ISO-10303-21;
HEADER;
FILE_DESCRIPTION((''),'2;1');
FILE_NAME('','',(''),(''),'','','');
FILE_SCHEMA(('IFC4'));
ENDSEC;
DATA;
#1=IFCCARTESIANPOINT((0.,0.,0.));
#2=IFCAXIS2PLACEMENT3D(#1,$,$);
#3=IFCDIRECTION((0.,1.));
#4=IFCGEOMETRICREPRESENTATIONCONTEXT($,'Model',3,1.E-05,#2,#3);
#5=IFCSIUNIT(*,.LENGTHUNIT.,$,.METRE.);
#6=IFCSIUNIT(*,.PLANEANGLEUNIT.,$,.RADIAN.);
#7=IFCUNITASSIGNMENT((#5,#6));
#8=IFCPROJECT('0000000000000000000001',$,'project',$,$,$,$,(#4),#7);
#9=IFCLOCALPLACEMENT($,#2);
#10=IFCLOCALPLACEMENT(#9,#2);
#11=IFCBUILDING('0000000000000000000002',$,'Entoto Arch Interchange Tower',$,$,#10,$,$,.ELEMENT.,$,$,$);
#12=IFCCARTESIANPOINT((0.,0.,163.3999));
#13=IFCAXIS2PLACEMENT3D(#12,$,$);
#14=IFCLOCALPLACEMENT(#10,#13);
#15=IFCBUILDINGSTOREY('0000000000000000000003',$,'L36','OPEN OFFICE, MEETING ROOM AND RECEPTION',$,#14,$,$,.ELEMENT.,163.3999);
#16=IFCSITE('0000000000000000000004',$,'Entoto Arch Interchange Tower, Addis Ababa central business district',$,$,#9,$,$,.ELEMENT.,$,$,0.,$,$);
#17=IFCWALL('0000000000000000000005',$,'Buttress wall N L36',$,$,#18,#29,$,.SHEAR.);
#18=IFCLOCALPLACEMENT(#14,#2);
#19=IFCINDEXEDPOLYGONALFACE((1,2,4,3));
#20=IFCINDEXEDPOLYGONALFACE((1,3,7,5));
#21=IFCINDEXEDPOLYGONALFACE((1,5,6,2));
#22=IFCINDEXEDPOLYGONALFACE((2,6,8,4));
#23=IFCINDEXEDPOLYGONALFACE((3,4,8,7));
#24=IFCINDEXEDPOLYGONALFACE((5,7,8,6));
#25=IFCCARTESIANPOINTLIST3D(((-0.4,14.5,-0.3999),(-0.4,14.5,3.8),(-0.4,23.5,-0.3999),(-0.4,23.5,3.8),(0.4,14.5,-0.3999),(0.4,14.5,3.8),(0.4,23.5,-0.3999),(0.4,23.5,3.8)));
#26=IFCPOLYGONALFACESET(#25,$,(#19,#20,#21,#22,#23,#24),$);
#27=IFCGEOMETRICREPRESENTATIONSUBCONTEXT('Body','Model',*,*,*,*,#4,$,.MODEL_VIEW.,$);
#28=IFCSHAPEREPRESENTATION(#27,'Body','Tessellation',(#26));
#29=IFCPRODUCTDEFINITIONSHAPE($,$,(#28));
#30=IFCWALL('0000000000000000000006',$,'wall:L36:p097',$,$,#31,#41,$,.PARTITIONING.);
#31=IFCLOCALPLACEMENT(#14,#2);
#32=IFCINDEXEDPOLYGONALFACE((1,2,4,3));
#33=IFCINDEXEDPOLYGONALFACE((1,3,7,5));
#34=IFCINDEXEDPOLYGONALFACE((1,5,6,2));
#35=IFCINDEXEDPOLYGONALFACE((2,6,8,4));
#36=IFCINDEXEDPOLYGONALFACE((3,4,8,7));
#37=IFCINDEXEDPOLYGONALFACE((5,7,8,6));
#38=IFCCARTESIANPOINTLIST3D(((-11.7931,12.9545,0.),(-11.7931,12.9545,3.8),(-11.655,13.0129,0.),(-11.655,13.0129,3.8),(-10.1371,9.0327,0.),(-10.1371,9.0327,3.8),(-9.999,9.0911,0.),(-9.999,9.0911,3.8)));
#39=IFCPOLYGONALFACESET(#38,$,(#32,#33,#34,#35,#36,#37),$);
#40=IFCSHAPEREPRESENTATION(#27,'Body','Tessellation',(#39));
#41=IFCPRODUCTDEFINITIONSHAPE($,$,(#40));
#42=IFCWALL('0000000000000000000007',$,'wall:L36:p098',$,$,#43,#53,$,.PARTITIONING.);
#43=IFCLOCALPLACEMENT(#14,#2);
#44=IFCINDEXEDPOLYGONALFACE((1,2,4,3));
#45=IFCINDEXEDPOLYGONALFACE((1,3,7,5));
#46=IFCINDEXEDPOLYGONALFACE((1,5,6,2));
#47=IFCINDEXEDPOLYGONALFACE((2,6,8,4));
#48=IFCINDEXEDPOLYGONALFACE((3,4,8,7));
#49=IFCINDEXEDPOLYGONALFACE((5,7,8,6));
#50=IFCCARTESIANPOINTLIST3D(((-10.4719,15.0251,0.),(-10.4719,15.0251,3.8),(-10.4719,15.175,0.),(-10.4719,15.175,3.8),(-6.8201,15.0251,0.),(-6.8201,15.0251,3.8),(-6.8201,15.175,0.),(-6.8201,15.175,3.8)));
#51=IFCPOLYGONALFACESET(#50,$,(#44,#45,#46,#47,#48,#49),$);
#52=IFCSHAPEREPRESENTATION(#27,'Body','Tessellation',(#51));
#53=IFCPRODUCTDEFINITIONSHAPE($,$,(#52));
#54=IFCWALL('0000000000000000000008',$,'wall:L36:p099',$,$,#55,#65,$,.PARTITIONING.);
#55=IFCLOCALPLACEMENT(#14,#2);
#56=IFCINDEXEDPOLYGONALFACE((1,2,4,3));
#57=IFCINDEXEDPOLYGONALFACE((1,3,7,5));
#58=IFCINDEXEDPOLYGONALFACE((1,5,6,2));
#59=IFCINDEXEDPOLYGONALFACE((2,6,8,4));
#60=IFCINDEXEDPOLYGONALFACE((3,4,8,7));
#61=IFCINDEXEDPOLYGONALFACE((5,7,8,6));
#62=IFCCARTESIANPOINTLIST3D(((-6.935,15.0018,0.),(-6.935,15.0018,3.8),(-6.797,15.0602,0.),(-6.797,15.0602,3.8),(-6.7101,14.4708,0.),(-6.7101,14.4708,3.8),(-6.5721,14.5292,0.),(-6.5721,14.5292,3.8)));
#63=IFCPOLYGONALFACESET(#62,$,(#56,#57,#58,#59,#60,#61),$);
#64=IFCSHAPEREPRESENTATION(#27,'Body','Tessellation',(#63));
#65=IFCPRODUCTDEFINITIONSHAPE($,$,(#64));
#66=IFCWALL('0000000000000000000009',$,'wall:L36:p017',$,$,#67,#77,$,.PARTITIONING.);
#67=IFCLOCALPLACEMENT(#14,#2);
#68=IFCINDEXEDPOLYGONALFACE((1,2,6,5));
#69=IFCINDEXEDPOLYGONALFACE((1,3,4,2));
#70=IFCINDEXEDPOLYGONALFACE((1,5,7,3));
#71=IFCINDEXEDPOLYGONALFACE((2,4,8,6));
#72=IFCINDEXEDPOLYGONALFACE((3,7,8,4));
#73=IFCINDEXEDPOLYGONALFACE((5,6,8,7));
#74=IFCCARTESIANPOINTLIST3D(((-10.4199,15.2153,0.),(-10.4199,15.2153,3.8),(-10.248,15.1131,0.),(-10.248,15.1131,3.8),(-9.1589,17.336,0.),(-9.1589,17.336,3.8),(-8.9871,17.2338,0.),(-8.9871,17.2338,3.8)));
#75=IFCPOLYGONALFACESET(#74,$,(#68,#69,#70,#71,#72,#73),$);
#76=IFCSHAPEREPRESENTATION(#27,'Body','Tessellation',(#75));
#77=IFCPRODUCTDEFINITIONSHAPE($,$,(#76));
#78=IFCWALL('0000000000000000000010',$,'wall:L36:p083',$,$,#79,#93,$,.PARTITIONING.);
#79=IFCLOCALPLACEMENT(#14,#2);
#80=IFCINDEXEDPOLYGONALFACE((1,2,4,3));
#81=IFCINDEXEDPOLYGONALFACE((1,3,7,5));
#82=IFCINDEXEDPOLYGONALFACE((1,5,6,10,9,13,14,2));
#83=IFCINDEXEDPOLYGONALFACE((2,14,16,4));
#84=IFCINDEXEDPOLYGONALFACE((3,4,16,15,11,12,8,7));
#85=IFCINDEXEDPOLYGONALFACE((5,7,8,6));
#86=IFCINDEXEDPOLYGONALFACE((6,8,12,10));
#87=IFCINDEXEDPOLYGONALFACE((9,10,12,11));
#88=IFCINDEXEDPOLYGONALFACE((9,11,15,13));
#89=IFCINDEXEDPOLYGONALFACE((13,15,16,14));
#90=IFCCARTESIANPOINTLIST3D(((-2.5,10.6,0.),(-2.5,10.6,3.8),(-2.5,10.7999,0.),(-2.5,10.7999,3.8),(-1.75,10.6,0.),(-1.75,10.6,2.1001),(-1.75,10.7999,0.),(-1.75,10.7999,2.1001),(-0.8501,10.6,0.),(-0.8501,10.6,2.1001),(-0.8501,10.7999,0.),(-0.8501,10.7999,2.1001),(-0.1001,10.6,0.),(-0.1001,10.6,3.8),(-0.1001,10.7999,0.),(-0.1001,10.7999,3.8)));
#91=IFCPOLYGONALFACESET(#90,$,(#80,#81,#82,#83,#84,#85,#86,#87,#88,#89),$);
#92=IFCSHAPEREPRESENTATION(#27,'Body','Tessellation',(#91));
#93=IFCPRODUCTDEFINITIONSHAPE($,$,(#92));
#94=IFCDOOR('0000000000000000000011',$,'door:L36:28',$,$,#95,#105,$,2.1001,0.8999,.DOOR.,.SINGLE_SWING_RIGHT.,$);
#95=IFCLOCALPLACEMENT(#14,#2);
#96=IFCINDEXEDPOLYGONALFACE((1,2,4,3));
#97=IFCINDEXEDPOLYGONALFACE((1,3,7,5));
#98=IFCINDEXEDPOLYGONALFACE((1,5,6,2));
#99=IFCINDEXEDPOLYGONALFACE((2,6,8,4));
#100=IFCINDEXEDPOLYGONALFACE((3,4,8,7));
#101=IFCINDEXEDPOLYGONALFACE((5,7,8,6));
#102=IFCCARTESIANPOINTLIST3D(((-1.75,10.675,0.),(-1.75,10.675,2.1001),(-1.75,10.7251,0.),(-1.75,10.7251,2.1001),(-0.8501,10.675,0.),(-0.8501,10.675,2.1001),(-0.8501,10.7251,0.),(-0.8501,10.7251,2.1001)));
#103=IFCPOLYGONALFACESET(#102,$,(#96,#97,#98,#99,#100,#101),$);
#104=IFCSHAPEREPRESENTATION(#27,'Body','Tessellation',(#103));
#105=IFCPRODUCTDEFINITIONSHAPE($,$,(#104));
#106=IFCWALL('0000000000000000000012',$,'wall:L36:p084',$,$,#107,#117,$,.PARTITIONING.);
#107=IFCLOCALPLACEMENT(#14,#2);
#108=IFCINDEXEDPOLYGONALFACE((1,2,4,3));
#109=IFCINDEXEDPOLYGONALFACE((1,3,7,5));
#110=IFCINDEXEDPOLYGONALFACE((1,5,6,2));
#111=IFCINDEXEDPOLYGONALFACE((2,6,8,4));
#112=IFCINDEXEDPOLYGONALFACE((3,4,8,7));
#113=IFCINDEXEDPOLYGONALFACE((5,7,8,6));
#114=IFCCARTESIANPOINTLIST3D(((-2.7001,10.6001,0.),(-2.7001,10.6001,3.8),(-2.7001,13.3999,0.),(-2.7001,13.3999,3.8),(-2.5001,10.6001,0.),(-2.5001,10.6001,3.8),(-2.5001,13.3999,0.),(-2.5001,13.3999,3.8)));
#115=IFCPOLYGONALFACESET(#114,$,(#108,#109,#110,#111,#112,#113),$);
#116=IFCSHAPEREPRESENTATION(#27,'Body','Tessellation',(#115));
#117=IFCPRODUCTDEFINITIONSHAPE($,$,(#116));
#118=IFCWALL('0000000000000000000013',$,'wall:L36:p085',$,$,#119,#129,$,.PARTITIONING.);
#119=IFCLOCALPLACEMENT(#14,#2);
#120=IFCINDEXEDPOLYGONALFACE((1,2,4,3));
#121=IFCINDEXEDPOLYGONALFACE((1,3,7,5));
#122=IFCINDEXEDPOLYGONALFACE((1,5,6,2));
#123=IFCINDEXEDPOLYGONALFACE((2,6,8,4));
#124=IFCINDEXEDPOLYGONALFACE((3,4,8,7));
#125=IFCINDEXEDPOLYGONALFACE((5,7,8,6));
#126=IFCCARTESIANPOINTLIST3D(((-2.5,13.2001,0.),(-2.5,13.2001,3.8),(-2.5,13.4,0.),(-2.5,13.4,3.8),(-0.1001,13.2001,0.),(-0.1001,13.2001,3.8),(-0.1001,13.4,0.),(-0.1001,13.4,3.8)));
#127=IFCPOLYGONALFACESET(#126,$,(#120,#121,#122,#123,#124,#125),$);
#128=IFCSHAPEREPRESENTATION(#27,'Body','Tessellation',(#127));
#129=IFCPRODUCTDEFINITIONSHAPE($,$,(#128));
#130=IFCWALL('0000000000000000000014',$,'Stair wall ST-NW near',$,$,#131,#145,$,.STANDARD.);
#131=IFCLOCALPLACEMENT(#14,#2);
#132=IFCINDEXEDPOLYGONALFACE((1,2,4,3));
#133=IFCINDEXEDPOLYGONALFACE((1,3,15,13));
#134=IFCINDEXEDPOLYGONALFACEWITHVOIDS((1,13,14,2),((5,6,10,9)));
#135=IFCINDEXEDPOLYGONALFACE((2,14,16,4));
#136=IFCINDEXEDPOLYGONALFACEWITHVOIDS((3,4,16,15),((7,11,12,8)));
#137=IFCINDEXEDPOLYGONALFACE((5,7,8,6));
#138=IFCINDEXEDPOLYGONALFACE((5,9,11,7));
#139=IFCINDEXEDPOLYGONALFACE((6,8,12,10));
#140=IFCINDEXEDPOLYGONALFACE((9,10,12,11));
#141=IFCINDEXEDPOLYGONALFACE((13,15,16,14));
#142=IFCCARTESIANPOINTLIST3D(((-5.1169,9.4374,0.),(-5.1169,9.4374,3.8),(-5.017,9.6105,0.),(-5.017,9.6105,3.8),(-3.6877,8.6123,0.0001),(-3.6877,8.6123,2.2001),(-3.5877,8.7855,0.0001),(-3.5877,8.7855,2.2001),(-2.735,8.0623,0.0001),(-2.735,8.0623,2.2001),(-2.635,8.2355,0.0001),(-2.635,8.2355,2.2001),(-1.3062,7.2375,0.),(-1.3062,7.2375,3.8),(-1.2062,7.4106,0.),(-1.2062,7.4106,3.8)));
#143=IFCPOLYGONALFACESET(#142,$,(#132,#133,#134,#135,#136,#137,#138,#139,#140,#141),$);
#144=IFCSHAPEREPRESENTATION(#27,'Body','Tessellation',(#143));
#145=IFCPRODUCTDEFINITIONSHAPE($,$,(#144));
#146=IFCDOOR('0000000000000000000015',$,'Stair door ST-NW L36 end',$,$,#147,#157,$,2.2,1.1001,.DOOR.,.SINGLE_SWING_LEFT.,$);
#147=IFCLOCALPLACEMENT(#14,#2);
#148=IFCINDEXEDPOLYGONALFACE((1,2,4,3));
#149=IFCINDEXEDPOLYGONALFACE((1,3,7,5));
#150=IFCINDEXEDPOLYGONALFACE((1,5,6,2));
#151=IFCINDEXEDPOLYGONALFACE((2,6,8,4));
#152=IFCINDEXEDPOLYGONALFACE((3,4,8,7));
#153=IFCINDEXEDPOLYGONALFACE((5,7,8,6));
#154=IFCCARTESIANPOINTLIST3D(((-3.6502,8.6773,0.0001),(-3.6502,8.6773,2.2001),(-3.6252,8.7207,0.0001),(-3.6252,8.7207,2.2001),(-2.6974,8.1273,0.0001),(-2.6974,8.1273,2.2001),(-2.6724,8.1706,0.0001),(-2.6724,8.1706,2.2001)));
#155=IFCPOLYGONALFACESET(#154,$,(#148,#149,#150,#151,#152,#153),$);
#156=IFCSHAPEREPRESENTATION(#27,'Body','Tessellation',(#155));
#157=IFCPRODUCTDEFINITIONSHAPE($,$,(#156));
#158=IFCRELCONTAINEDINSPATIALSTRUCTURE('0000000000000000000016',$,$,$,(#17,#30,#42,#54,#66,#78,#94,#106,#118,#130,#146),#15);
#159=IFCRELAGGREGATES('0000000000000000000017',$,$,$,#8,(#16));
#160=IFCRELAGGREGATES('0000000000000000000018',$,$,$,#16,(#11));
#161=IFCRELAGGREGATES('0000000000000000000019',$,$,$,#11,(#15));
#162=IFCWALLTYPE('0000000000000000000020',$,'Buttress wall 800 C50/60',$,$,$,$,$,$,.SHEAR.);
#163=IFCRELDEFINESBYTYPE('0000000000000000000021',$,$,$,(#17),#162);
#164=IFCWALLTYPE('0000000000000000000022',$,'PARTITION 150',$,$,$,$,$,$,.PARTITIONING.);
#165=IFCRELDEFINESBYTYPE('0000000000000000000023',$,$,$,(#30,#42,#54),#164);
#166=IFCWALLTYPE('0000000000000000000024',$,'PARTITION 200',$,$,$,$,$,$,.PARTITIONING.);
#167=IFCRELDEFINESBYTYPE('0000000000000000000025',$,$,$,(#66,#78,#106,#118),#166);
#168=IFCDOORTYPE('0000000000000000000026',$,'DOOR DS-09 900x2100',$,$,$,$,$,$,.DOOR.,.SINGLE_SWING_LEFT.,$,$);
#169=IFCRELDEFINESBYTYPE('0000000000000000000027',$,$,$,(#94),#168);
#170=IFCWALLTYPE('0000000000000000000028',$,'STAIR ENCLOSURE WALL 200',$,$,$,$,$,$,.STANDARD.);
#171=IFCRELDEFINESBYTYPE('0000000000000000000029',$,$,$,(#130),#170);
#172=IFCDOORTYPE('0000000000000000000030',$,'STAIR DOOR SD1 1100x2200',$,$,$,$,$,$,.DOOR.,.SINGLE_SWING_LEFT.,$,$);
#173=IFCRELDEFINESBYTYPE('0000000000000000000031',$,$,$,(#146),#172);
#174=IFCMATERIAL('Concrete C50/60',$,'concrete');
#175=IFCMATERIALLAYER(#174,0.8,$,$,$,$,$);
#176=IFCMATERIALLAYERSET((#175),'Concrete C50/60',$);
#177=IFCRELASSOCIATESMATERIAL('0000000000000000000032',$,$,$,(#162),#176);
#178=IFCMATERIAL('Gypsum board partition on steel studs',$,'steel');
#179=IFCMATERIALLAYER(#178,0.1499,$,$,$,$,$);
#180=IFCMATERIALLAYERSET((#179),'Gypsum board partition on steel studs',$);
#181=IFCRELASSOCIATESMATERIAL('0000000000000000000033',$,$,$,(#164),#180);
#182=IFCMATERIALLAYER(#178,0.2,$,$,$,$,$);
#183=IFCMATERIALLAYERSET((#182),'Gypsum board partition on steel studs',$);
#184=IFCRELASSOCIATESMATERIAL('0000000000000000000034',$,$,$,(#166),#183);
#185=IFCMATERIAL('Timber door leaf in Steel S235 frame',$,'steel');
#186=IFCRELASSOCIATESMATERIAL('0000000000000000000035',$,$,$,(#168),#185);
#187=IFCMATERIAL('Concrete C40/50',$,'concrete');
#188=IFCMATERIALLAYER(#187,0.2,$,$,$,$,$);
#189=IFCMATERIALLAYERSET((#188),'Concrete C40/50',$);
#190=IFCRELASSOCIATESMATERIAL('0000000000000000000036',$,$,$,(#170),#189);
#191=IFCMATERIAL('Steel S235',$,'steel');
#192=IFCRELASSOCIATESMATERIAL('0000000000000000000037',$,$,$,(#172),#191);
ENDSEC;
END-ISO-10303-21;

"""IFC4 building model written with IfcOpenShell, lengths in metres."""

from ifc_helpers import new_model, si_unit, direction, frame, frame_2d, origin, place, context, subcontext, project, spatial, rectangle, extrude, material, layer, layer_set, type_object, element, fill, save


model = new_model("IFC4")

# Units and contexts
model_context = context("Model", 3, precision=1e-05, world=origin(), true_north=direction((0.0, 1.0)))
body_context = subcontext(model_context, "Body", "Model", "MODEL_VIEW")
ifc_project = project(units=[si_unit("LENGTHUNIT", "METRE"), si_unit("PLANEANGLEUNIT", "RADIAN")], contexts=[model_context])

# Site, building, storey
site_placement = place(None, origin())
site = spatial("IfcSite", under=ifc_project, at=site_placement, Name="Entoto Arch Interchange Tower, Addis Ababa central business district", CompositionType="ELEMENT", RefElevation=0.0)
building_placement = place(site_placement, origin())
building = spatial("IfcBuilding", under=site, at=building_placement, Name="Entoto Arch Interchange Tower", CompositionType="ELEMENT")
storey_placement = place(building_placement, frame((0.0, 0.0, 163.3999)))
storey = spatial("IfcBuildingStorey", under=building, at=storey_placement, Name="L36", Description="OPEN OFFICE, MEETING ROOM AND RECEPTION", CompositionType="ELEMENT", Elevation=163.3999)

# Walls
ifc_material_1 = material(Name="Concrete C50/60", Category="concrete")
ifc_layer_1 = layer(ifc_material_1, 0.8)
ifc_layer_set_1 = layer_set([ifc_layer_1], Name="Concrete C50/60")
wall_type_1 = type_object("IfcWallType", Name="Buttress wall 800 C50/60", PredefinedType="SHEAR", material=ifc_layer_set_1)
wall_1_placement = place(storey_placement, frame((0.0, 14.5, -0.3999), z_axis=(0.0, 0.0, 1.0), x_axis=(0.0, 1.0, 0.0)))
element("IfcWall", 1, at=wall_1_placement, inside=storey, type_object=wall_type_1, Name="Buttress wall N L36", PredefinedType="SHEAR", context=body_context, shape_type="SweptSolid", body=[
    extrude(rectangle(XDim=9.0, YDim=0.8, at=frame_2d((4.5, 0.0))), origin(), (0.0, 0.0, 1.0), 4.2),
])
ifc_material_2 = material(Name="Gypsum board partition on steel studs", Category="steel")
ifc_layer_2 = layer(ifc_material_2, 0.1499)
ifc_layer_set_2 = layer_set([ifc_layer_2], Name="Gypsum board partition on steel studs")
wall_type_2 = type_object("IfcWallType", Name="PARTITION 150", PredefinedType="PARTITIONING", material=ifc_layer_set_2)
wall_2_placement = place(storey_placement, frame((-10.0681, 9.062, 0.0), z_axis=(0.0, 0.0, 1.0), x_axis=(-0.388993, 0.921241, 0.0)))
element("IfcWall", 2, at=wall_2_placement, inside=storey, type_object=wall_type_2, Name="wall:L36:p097", PredefinedType="PARTITIONING", context=body_context, shape_type="SweptSolid", body=[
    extrude(rectangle(XDim=4.2571, YDim=0.1499, at=frame_2d((2.1284, 0.0))), origin(), (0.0, 0.0, 1.0), 3.8),
])
wall_3_placement = place(storey_placement, frame((-6.8201, 15.1001, 0.0), z_axis=(0.0, 0.0, 1.0), x_axis=(-1.0, 0.0, 0.0)))
element("IfcWall", 3, at=wall_3_placement, inside=storey, type_object=wall_type_2, Name="wall:L36:p098", PredefinedType="PARTITIONING", context=body_context, shape_type="SweptSolid", body=[
    extrude(rectangle(XDim=3.6519, YDim=0.1499, at=frame_2d((1.8259, 0.0))), origin(), (0.0, 0.0, 1.0), 3.8),
])
wall_4_placement = place(storey_placement, frame((-6.6411, 14.5, 0.0), z_axis=(0.0, 0.0, 1.0), x_axis=(-0.38993, 0.920844, 0.0)))
element("IfcWall", 4, at=wall_4_placement, inside=storey, type_object=wall_type_2, Name="wall:L36:p099", PredefinedType="PARTITIONING", context=body_context, shape_type="SweptSolid", body=[
    extrude(rectangle(XDim=0.5767, YDim=0.1499, at=frame_2d((0.2883, 0.0))), origin(), (0.0, 0.0, 1.0), 3.8),
])
ifc_layer_3 = layer(ifc_material_2, 0.2)
ifc_layer_set_3 = layer_set([ifc_layer_3], Name="Gypsum board partition on steel studs")
wall_type_3 = type_object("IfcWallType", Name="PARTITION 200", PredefinedType="PARTITIONING", material=ifc_layer_set_3)
wall_5_placement = place(storey_placement, frame((-9.073, 17.2849, 0.0), z_axis=(0.0, 0.0, 1.0), x_axis=(-0.511058, -0.859546, 0.0)))
element("IfcWall", 5, at=wall_5_placement, inside=storey, type_object=wall_type_3, Name="wall:L36:p017", PredefinedType="PARTITIONING", context=body_context, shape_type="SweptSolid", body=[
    extrude(rectangle(XDim=2.4673, YDim=0.2, at=frame_2d((1.2336, 0.0))), origin(), (0.0, 0.0, 1.0), 3.8),
])

# Wall, opening, door
wall_6_placement = place(storey_placement, frame((-0.1001, 10.7, 0.0), z_axis=(0.0, 0.0, 1.0), x_axis=(-1.0, 0.0, 0.0)))
wall_6 = element("IfcWall", 6, at=wall_6_placement, inside=storey, type_object=wall_type_3, Name="wall:L36:p083", PredefinedType="PARTITIONING", context=body_context, shape_type="SweptSolid", body=[
    extrude(rectangle(XDim=2.3999, YDim=0.2, at=frame_2d((1.2, 0.0))), origin(), (0.0, 0.0, 1.0), 3.8),
])
opening_1_placement = place(wall_6_placement, frame((0.75, 0.0, 0.0)))
opening_1 = element("IfcOpeningElement", 7, at=opening_1_placement, cuts=wall_6, PredefinedType="OPENING", context=body_context, shape_type="SweptSolid", body=[
    extrude(rectangle(XDim=0.8999, YDim=2.1001, at=frame_2d((0.45, 1.05))), frame((0.0, 0.1099, 0.0), z_axis=(0.0, -1.0, 0.0), x_axis=(1.0, 0.0, 0.0)), (0.0, 0.0, 1.0), 0.22),
])
ifc_material_3 = material(Name="Timber door leaf in Steel S235 frame", Category="steel")
door_type_1 = type_object("IfcDoorType", Name="DOOR DS-09 900x2100", OperationType="SINGLE_SWING_LEFT", PredefinedType="DOOR", material=ifc_material_3)
door_1_placement = place(opening_1_placement, origin())
door_1 = element("IfcDoor", 8, at=door_1_placement, inside=storey, type_object=door_type_1, Name="door:L36:28", OperationType="SINGLE_SWING_RIGHT", OverallHeight=2.1001, OverallWidth=0.8999, PredefinedType="DOOR", context=body_context, shape_type="SweptSolid", body=[
    extrude(rectangle(XDim=0.8999, YDim=2.1001, at=frame_2d((0.45, 1.05))), frame((0.0, 0.0249, 0.0), z_axis=(0.0, -1.0, 0.0), x_axis=(1.0, 0.0, 0.0)), (0.0, 0.0, 1.0), 0.05),
])
fill(opening_1, door_1)

# Walls
wall_7_placement = place(storey_placement, frame((-2.6001, 10.6001, 0.0), z_axis=(0.0, 0.0, 1.0), x_axis=(0.0, 1.0, 0.0)))
element("IfcWall", 9, at=wall_7_placement, inside=storey, type_object=wall_type_3, Name="wall:L36:p084", PredefinedType="PARTITIONING", context=body_context, shape_type="SweptSolid", body=[
    extrude(rectangle(XDim=2.7998, YDim=0.2, at=frame_2d((1.3999, 0.0))), origin(), (0.0, 0.0, 1.0), 3.8),
])
wall_8_placement = place(storey_placement, frame((-2.5, 13.3, 0.0), z_axis=(0.0, 0.0, 1.0), x_axis=(1.0, 0.0, 0.0)))
element("IfcWall", 10, at=wall_8_placement, inside=storey, type_object=wall_type_3, Name="wall:L36:p085", PredefinedType="PARTITIONING", context=body_context, shape_type="SweptSolid", body=[
    extrude(rectangle(XDim=2.3999, YDim=0.2, at=frame_2d((1.2, 0.0))), origin(), (0.0, 0.0, 1.0), 3.8),
])

# Wall, opening, door
ifc_material_4 = material(Name="Concrete C40/50", Category="concrete")
ifc_layer_4 = layer(ifc_material_4, 0.2)
ifc_layer_set_4 = layer_set([ifc_layer_4], Name="Concrete C40/50")
wall_type_4 = type_object("IfcWallType", Name="STAIR ENCLOSURE WALL 200", PredefinedType="STANDARD", material=ifc_layer_set_4)
wall_9_placement = place(storey_placement, frame((-1.2561, 7.324, 0.0), z_axis=(0.0, 0.0, 1.0), x_axis=(-0.866046, 0.499964, 0.0)))
wall_9 = element("IfcWall", 11, at=wall_9_placement, inside=storey, type_object=wall_type_4, Name="Stair wall ST-NW near", PredefinedType="STANDARD", context=body_context, shape_type="SweptSolid", body=[
    extrude(rectangle(XDim=4.4001, YDim=0.2, at=frame_2d((2.2002, 0.0))), origin(), (0.0, 0.0, 1.0), 3.8),
])
opening_2_placement = place(wall_9_placement, frame((1.6499, 0.0, 0.0)))
opening_2 = element("IfcOpeningElement", 12, at=opening_2_placement, cuts=wall_9, PredefinedType="OPENING", context=body_context, shape_type="SweptSolid", body=[
    extrude(rectangle(XDim=1.1001, YDim=2.2, at=frame_2d((0.55, 1.1001))), frame((0.0, 0.1099, 0.0), z_axis=(0.0, -1.0, 0.0), x_axis=(1.0, 0.0, 0.0)), (0.0, 0.0, 1.0), 0.22),
])
ifc_material_5 = material(Name="Steel S235", Category="steel")
door_type_2 = type_object("IfcDoorType", Name="STAIR DOOR SD1 1100x2200", OperationType="SINGLE_SWING_LEFT", PredefinedType="DOOR", material=ifc_material_5)
door_2_placement = place(opening_2_placement, origin())
door_2 = element("IfcDoor", 13, at=door_2_placement, inside=storey, type_object=door_type_2, Name="Stair door ST-NW L36 end", OperationType="SINGLE_SWING_LEFT", OverallHeight=2.2, OverallWidth=1.1001, PredefinedType="DOOR", context=body_context, shape_type="SweptSolid", body=[
    extrude(rectangle(XDim=1.1001, YDim=2.2, at=frame_2d((0.55, 1.1001))), frame((0.0, 0.0249, 0.0), z_axis=(0.0, -1.0, 0.0), x_axis=(1.0, 0.0, 0.0)), (0.0, 0.0, 1.0), 0.05),
])
fill(opening_2, door_2)

save(model, "model.ifc")
